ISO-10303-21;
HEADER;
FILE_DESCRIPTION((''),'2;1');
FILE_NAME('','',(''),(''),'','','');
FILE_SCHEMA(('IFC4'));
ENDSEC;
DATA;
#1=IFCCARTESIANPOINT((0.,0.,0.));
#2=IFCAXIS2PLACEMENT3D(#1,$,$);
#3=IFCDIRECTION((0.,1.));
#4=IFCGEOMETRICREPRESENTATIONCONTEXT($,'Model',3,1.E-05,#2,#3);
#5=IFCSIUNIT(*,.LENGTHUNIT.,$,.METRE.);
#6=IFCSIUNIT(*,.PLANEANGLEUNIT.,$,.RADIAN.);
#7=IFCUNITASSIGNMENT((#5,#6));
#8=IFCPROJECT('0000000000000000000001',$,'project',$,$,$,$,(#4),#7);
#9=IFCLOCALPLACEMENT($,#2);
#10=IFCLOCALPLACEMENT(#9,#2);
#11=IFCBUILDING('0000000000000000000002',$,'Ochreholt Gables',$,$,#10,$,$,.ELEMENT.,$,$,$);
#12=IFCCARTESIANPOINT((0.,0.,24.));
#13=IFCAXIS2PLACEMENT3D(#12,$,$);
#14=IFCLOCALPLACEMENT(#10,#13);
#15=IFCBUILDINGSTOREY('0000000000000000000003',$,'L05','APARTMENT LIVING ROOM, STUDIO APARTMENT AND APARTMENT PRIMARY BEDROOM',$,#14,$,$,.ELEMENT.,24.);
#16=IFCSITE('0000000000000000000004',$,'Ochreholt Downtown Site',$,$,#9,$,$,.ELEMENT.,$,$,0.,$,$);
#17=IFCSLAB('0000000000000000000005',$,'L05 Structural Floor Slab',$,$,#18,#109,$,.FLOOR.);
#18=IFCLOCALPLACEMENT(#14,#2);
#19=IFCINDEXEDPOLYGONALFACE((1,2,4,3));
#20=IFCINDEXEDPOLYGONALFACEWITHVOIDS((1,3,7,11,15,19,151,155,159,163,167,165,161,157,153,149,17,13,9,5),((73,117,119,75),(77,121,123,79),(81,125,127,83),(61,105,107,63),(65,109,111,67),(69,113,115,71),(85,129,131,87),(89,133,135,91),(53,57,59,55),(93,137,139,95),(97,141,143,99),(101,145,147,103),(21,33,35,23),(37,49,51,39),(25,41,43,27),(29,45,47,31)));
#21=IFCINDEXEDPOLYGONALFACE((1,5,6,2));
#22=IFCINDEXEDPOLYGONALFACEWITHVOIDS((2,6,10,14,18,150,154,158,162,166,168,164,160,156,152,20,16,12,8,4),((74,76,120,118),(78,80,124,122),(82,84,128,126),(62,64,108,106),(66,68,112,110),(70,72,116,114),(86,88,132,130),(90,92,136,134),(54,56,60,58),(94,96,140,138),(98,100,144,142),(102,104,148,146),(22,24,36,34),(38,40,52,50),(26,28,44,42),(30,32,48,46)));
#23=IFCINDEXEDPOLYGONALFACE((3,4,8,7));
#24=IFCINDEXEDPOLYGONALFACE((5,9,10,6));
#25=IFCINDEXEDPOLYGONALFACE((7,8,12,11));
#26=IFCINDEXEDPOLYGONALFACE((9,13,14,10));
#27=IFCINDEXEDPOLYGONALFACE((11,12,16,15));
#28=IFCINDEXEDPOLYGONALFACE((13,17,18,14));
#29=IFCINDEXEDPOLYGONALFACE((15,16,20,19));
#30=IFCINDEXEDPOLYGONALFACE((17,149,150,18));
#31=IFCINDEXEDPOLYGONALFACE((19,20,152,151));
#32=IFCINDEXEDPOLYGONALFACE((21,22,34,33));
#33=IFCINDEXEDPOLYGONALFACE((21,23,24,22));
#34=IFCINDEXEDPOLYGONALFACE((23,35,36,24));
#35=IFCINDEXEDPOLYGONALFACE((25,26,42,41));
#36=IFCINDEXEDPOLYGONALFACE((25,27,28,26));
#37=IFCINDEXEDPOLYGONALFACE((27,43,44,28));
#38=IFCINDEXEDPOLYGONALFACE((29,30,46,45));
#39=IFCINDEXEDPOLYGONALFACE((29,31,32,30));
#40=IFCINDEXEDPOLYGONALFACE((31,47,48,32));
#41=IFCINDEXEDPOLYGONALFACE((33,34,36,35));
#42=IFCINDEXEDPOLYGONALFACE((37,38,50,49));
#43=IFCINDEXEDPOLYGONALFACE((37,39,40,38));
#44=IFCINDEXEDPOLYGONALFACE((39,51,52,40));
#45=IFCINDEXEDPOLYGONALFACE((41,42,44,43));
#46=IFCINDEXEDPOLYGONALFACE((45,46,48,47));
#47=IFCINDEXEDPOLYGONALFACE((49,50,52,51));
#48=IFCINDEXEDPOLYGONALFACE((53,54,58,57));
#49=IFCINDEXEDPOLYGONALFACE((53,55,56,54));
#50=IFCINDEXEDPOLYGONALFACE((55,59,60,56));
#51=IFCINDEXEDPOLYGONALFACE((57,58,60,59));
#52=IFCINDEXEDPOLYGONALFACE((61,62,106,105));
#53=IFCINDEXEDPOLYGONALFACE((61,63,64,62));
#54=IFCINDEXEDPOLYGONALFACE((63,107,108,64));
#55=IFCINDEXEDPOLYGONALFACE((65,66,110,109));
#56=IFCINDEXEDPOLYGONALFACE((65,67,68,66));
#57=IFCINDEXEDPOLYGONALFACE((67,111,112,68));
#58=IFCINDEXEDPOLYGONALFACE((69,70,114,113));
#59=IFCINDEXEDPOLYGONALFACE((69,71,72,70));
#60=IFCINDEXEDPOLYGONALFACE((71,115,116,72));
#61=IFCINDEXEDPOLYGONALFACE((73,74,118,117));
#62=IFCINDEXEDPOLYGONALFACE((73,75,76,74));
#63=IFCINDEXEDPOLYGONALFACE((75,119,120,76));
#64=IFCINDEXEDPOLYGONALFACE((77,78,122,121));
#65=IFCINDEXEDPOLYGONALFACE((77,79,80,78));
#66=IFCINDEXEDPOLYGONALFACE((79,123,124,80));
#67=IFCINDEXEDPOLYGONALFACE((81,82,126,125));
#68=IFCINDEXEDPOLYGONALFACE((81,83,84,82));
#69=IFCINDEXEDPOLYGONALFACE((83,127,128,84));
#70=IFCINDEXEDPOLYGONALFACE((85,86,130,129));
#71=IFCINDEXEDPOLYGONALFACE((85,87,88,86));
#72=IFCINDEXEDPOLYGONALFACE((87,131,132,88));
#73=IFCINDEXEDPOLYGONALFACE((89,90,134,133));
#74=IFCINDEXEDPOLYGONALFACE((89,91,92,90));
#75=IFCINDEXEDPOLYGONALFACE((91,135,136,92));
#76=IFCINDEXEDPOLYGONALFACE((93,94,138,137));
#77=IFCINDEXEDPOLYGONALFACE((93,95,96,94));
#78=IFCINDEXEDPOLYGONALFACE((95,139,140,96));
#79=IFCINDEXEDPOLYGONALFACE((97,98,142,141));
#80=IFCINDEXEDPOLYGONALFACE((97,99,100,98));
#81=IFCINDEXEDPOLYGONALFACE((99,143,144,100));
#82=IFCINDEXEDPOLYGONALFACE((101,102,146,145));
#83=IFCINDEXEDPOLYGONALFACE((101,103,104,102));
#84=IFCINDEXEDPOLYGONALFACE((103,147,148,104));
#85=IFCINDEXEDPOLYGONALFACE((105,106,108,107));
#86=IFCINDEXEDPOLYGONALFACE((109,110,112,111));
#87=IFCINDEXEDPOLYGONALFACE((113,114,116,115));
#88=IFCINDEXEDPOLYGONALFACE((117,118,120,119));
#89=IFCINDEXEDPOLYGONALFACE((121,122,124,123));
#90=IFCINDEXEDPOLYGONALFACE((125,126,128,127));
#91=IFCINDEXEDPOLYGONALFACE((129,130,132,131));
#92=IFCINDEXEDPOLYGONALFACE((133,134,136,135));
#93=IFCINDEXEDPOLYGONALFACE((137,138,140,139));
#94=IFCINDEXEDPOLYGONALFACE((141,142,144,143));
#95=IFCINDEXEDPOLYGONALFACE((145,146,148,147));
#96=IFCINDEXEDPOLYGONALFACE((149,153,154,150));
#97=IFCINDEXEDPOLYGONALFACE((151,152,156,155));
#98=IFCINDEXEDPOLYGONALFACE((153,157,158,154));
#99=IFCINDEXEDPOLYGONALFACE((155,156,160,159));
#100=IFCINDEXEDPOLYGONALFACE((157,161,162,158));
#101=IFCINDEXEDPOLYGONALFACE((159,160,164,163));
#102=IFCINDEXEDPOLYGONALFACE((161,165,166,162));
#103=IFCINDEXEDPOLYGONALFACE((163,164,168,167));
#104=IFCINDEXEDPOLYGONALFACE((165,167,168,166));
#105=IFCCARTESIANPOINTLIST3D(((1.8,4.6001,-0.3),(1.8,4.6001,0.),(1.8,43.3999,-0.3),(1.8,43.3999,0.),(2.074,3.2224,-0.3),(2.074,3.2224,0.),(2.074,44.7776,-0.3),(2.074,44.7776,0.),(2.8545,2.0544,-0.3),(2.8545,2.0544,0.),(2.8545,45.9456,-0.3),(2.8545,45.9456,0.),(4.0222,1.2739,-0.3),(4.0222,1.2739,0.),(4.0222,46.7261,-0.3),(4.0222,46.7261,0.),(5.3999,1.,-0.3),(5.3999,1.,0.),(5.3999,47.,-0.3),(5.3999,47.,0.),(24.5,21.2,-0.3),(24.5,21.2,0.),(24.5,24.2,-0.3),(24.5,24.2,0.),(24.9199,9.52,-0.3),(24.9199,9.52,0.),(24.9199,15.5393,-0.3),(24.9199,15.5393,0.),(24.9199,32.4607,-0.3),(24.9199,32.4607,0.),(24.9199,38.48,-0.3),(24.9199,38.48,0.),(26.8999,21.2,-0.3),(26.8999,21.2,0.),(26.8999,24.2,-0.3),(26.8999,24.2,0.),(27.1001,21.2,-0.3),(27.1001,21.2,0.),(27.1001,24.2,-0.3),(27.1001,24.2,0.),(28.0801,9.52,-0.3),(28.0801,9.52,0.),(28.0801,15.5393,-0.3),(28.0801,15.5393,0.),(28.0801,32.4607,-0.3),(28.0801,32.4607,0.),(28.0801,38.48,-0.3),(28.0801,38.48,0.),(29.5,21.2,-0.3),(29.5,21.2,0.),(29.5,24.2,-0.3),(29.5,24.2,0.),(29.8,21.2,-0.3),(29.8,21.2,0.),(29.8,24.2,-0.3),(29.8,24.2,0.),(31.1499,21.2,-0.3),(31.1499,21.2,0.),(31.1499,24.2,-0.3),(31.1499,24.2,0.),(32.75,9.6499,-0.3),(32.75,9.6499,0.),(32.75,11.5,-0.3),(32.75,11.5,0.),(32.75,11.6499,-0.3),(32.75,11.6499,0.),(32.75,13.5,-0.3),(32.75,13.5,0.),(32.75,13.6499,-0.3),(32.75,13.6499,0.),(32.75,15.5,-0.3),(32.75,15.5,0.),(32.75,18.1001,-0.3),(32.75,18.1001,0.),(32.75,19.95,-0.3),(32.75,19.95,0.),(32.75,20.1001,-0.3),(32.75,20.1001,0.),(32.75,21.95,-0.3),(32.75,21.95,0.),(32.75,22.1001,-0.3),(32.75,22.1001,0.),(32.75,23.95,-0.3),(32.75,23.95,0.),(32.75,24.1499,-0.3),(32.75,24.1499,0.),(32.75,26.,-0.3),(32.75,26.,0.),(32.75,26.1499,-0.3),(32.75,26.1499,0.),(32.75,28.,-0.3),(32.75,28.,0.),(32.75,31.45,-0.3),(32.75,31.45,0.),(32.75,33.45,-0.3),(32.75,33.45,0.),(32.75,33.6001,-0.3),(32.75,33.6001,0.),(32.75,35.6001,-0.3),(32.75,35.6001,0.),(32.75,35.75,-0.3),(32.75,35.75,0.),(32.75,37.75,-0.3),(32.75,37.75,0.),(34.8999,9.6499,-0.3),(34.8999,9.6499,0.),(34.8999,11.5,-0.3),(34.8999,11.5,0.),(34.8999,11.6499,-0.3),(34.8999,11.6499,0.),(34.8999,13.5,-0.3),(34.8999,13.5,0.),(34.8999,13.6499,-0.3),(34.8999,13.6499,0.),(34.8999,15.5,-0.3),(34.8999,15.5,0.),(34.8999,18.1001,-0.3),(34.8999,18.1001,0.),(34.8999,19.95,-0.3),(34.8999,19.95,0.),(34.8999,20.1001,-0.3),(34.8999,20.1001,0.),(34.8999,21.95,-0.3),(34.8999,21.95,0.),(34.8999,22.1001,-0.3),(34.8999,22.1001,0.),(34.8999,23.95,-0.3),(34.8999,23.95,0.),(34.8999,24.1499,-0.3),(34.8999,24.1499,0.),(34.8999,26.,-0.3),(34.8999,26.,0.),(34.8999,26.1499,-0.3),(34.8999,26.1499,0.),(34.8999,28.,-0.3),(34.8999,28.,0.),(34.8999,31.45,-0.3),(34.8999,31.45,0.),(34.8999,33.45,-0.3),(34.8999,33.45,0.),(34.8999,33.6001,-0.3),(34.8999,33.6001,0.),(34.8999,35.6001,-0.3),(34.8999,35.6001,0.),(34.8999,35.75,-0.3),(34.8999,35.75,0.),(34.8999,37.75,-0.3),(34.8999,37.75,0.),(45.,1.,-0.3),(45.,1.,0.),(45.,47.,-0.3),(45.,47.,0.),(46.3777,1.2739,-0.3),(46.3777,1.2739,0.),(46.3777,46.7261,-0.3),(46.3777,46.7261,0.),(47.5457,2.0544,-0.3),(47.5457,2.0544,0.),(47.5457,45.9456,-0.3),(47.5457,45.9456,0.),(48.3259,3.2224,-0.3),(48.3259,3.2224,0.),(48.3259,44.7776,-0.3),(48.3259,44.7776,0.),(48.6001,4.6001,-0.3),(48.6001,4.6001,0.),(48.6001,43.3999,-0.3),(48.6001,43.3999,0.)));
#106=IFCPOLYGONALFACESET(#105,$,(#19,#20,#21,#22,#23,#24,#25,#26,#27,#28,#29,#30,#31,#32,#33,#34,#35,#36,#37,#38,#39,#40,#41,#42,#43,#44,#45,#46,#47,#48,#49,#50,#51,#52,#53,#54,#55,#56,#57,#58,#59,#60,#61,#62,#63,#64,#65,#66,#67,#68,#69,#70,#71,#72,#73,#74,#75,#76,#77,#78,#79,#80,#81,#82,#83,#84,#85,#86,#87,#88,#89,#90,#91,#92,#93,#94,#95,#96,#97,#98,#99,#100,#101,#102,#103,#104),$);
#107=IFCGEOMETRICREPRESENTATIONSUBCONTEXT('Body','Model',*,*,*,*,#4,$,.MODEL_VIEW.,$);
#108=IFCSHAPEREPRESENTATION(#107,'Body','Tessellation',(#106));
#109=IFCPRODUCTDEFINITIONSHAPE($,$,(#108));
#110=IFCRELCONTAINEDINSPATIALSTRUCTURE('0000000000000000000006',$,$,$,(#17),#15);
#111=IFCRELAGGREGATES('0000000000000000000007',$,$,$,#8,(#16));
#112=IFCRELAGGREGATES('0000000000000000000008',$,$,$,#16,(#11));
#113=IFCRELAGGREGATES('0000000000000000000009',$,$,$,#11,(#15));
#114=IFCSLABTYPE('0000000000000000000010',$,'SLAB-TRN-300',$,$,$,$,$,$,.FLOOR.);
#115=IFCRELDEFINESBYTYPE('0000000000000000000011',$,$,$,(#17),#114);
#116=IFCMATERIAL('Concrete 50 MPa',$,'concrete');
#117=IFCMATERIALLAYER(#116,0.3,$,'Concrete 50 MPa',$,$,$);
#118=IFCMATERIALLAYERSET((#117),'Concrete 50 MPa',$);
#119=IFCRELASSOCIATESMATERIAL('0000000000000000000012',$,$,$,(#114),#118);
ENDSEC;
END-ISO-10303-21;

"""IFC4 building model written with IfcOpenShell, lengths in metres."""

from ifc_helpers import new_model, si_unit, direction, frame, origin, place, context, subcontext, project, spatial, polyline, outline, extrude, material, layer, layer_set, type_object, element, save


model = new_model("IFC4")

# Units and contexts
model_context = context("Model", 3, precision=1e-05, world=origin(), true_north=direction((0.0, 1.0)))
body_context = subcontext(model_context, "Body", "Model", "MODEL_VIEW")
ifc_project = project(units=[si_unit("LENGTHUNIT", "METRE"), si_unit("PLANEANGLEUNIT", "RADIAN")], contexts=[model_context])

# Site, building, storey
site_placement = place(None, origin())
site = spatial("IfcSite", under=ifc_project, at=site_placement, Name="Ochreholt Downtown Site", CompositionType="ELEMENT", RefElevation=0.0)
building_placement = place(site_placement, origin())
building = spatial("IfcBuilding", under=site, at=building_placement, Name="Ochreholt Gables", CompositionType="ELEMENT")
storey_placement = place(building_placement, frame((0.0, 0.0, 24.0)))
storey = spatial("IfcBuildingStorey", under=building, at=storey_placement, Name="L05", Description="APARTMENT LIVING ROOM, STUDIO APARTMENT AND APARTMENT PRIMARY BEDROOM", CompositionType="ELEMENT", Elevation=24.0)

# Slab
ifc_material_1 = material(Name="Concrete 50 MPa", Category="concrete")
ifc_layer_1 = layer(ifc_material_1, 0.3, Name="Concrete 50 MPa")
ifc_layer_set_1 = layer_set([ifc_layer_1], Name="Concrete 50 MPa")
slab_type_1 = type_object("IfcSlabType", Name="SLAB-TRN-300", PredefinedType="FLOOR", material=ifc_layer_set_1)
slab_1_placement = place(storey_placement, frame((0.0, 0.0, -0.3)))
element("IfcSlab", 1, at=slab_1_placement, inside=storey, type_object=slab_type_1, Name="L05 Structural Floor Slab", PredefinedType="FLOOR", context=body_context, shape_type="SweptSolid", body=[
    extrude(outline(polyline([(1.8, 4.6001), (2.074, 3.2224), (2.8545, 2.0544), (4.0222, 1.2739), (5.3999, 1.0), (45.0, 1.0), (46.3777, 1.2739), (47.5457, 2.0544), (48.3259, 3.2224), (48.6001, 4.6001), (48.6001, 43.3999), (48.3259, 44.7776), (47.5457, 45.9456), (46.3777, 46.7261), (45.0, 47.0), (5.3999, 47.0), (4.0222, 46.7261), (2.8545, 45.9456), (2.074, 44.7776), (1.8, 43.3999), (1.8, 4.6001)]), holes=[polyline([(24.9199, 15.5393), (24.9199, 9.52), (28.0801, 9.52), (28.0801, 15.5393), (24.9199, 15.5393)]), polyline([(28.0801, 32.4607), (28.0801, 38.48), (24.9199, 38.48), (24.9199, 32.4607), (28.0801, 32.4607)]), polyline([(24.5, 21.2), (26.8999, 21.2), (26.8999, 24.2), (24.5, 24.2), (24.5, 21.2)]), polyline([(27.1001, 21.2), (29.5, 21.2), (29.5, 24.2), (27.1001, 24.2), (27.1001, 21.2)]), polyline([(32.75, 9.6499), (34.8999, 9.6499), (34.8999, 11.5), (32.75, 11.5), (32.75, 9.6499)]), polyline([(32.75, 11.6499), (34.8999, 11.6499), (34.8999, 13.5), (32.75, 13.5), (32.75, 11.6499)]), polyline([(32.75, 13.6499), (34.8999, 13.6499), (34.8999, 15.5), (32.75, 15.5), (32.75, 13.6499)]), polyline([(32.75, 18.1001), (34.8999, 18.1001), (34.8999, 19.95), (32.75, 19.95), (32.75, 18.1001)]), polyline([(32.75, 20.1001), (34.8999, 20.1001), (34.8999, 21.95), (32.75, 21.95), (32.75, 20.1001)]), polyline([(32.75, 22.1001), (34.8999, 22.1001), (34.8999, 23.95), (32.75, 23.95), (32.75, 22.1001)]), polyline([(32.75, 24.1499), (34.8999, 24.1499), (34.8999, 26.0), (32.75, 26.0), (32.75, 24.1499)]), polyline([(32.75, 26.1499), (34.8999, 26.1499), (34.8999, 28.0), (32.75, 28.0), (32.75, 26.1499)]), polyline([(32.75, 31.45), (34.8999, 31.45), (34.8999, 33.45), (32.75, 33.45), (32.75, 31.45)]), polyline([(32.75, 33.6001), (34.8999, 33.6001), (34.8999, 35.6001), (32.75, 35.6001), (32.75, 33.6001)]), polyline([(32.75, 35.75), (34.8999, 35.75), (34.8999, 37.75), (32.75, 37.75), (32.75, 35.75)]), polyline([(29.8, 21.2), (31.1499, 21.2), (31.1499, 24.2), (29.8, 24.2), (29.8, 21.2)])]), origin(), (0.0, 0.0, 1.0), 0.3),
])

save(model, "model.ifc")
